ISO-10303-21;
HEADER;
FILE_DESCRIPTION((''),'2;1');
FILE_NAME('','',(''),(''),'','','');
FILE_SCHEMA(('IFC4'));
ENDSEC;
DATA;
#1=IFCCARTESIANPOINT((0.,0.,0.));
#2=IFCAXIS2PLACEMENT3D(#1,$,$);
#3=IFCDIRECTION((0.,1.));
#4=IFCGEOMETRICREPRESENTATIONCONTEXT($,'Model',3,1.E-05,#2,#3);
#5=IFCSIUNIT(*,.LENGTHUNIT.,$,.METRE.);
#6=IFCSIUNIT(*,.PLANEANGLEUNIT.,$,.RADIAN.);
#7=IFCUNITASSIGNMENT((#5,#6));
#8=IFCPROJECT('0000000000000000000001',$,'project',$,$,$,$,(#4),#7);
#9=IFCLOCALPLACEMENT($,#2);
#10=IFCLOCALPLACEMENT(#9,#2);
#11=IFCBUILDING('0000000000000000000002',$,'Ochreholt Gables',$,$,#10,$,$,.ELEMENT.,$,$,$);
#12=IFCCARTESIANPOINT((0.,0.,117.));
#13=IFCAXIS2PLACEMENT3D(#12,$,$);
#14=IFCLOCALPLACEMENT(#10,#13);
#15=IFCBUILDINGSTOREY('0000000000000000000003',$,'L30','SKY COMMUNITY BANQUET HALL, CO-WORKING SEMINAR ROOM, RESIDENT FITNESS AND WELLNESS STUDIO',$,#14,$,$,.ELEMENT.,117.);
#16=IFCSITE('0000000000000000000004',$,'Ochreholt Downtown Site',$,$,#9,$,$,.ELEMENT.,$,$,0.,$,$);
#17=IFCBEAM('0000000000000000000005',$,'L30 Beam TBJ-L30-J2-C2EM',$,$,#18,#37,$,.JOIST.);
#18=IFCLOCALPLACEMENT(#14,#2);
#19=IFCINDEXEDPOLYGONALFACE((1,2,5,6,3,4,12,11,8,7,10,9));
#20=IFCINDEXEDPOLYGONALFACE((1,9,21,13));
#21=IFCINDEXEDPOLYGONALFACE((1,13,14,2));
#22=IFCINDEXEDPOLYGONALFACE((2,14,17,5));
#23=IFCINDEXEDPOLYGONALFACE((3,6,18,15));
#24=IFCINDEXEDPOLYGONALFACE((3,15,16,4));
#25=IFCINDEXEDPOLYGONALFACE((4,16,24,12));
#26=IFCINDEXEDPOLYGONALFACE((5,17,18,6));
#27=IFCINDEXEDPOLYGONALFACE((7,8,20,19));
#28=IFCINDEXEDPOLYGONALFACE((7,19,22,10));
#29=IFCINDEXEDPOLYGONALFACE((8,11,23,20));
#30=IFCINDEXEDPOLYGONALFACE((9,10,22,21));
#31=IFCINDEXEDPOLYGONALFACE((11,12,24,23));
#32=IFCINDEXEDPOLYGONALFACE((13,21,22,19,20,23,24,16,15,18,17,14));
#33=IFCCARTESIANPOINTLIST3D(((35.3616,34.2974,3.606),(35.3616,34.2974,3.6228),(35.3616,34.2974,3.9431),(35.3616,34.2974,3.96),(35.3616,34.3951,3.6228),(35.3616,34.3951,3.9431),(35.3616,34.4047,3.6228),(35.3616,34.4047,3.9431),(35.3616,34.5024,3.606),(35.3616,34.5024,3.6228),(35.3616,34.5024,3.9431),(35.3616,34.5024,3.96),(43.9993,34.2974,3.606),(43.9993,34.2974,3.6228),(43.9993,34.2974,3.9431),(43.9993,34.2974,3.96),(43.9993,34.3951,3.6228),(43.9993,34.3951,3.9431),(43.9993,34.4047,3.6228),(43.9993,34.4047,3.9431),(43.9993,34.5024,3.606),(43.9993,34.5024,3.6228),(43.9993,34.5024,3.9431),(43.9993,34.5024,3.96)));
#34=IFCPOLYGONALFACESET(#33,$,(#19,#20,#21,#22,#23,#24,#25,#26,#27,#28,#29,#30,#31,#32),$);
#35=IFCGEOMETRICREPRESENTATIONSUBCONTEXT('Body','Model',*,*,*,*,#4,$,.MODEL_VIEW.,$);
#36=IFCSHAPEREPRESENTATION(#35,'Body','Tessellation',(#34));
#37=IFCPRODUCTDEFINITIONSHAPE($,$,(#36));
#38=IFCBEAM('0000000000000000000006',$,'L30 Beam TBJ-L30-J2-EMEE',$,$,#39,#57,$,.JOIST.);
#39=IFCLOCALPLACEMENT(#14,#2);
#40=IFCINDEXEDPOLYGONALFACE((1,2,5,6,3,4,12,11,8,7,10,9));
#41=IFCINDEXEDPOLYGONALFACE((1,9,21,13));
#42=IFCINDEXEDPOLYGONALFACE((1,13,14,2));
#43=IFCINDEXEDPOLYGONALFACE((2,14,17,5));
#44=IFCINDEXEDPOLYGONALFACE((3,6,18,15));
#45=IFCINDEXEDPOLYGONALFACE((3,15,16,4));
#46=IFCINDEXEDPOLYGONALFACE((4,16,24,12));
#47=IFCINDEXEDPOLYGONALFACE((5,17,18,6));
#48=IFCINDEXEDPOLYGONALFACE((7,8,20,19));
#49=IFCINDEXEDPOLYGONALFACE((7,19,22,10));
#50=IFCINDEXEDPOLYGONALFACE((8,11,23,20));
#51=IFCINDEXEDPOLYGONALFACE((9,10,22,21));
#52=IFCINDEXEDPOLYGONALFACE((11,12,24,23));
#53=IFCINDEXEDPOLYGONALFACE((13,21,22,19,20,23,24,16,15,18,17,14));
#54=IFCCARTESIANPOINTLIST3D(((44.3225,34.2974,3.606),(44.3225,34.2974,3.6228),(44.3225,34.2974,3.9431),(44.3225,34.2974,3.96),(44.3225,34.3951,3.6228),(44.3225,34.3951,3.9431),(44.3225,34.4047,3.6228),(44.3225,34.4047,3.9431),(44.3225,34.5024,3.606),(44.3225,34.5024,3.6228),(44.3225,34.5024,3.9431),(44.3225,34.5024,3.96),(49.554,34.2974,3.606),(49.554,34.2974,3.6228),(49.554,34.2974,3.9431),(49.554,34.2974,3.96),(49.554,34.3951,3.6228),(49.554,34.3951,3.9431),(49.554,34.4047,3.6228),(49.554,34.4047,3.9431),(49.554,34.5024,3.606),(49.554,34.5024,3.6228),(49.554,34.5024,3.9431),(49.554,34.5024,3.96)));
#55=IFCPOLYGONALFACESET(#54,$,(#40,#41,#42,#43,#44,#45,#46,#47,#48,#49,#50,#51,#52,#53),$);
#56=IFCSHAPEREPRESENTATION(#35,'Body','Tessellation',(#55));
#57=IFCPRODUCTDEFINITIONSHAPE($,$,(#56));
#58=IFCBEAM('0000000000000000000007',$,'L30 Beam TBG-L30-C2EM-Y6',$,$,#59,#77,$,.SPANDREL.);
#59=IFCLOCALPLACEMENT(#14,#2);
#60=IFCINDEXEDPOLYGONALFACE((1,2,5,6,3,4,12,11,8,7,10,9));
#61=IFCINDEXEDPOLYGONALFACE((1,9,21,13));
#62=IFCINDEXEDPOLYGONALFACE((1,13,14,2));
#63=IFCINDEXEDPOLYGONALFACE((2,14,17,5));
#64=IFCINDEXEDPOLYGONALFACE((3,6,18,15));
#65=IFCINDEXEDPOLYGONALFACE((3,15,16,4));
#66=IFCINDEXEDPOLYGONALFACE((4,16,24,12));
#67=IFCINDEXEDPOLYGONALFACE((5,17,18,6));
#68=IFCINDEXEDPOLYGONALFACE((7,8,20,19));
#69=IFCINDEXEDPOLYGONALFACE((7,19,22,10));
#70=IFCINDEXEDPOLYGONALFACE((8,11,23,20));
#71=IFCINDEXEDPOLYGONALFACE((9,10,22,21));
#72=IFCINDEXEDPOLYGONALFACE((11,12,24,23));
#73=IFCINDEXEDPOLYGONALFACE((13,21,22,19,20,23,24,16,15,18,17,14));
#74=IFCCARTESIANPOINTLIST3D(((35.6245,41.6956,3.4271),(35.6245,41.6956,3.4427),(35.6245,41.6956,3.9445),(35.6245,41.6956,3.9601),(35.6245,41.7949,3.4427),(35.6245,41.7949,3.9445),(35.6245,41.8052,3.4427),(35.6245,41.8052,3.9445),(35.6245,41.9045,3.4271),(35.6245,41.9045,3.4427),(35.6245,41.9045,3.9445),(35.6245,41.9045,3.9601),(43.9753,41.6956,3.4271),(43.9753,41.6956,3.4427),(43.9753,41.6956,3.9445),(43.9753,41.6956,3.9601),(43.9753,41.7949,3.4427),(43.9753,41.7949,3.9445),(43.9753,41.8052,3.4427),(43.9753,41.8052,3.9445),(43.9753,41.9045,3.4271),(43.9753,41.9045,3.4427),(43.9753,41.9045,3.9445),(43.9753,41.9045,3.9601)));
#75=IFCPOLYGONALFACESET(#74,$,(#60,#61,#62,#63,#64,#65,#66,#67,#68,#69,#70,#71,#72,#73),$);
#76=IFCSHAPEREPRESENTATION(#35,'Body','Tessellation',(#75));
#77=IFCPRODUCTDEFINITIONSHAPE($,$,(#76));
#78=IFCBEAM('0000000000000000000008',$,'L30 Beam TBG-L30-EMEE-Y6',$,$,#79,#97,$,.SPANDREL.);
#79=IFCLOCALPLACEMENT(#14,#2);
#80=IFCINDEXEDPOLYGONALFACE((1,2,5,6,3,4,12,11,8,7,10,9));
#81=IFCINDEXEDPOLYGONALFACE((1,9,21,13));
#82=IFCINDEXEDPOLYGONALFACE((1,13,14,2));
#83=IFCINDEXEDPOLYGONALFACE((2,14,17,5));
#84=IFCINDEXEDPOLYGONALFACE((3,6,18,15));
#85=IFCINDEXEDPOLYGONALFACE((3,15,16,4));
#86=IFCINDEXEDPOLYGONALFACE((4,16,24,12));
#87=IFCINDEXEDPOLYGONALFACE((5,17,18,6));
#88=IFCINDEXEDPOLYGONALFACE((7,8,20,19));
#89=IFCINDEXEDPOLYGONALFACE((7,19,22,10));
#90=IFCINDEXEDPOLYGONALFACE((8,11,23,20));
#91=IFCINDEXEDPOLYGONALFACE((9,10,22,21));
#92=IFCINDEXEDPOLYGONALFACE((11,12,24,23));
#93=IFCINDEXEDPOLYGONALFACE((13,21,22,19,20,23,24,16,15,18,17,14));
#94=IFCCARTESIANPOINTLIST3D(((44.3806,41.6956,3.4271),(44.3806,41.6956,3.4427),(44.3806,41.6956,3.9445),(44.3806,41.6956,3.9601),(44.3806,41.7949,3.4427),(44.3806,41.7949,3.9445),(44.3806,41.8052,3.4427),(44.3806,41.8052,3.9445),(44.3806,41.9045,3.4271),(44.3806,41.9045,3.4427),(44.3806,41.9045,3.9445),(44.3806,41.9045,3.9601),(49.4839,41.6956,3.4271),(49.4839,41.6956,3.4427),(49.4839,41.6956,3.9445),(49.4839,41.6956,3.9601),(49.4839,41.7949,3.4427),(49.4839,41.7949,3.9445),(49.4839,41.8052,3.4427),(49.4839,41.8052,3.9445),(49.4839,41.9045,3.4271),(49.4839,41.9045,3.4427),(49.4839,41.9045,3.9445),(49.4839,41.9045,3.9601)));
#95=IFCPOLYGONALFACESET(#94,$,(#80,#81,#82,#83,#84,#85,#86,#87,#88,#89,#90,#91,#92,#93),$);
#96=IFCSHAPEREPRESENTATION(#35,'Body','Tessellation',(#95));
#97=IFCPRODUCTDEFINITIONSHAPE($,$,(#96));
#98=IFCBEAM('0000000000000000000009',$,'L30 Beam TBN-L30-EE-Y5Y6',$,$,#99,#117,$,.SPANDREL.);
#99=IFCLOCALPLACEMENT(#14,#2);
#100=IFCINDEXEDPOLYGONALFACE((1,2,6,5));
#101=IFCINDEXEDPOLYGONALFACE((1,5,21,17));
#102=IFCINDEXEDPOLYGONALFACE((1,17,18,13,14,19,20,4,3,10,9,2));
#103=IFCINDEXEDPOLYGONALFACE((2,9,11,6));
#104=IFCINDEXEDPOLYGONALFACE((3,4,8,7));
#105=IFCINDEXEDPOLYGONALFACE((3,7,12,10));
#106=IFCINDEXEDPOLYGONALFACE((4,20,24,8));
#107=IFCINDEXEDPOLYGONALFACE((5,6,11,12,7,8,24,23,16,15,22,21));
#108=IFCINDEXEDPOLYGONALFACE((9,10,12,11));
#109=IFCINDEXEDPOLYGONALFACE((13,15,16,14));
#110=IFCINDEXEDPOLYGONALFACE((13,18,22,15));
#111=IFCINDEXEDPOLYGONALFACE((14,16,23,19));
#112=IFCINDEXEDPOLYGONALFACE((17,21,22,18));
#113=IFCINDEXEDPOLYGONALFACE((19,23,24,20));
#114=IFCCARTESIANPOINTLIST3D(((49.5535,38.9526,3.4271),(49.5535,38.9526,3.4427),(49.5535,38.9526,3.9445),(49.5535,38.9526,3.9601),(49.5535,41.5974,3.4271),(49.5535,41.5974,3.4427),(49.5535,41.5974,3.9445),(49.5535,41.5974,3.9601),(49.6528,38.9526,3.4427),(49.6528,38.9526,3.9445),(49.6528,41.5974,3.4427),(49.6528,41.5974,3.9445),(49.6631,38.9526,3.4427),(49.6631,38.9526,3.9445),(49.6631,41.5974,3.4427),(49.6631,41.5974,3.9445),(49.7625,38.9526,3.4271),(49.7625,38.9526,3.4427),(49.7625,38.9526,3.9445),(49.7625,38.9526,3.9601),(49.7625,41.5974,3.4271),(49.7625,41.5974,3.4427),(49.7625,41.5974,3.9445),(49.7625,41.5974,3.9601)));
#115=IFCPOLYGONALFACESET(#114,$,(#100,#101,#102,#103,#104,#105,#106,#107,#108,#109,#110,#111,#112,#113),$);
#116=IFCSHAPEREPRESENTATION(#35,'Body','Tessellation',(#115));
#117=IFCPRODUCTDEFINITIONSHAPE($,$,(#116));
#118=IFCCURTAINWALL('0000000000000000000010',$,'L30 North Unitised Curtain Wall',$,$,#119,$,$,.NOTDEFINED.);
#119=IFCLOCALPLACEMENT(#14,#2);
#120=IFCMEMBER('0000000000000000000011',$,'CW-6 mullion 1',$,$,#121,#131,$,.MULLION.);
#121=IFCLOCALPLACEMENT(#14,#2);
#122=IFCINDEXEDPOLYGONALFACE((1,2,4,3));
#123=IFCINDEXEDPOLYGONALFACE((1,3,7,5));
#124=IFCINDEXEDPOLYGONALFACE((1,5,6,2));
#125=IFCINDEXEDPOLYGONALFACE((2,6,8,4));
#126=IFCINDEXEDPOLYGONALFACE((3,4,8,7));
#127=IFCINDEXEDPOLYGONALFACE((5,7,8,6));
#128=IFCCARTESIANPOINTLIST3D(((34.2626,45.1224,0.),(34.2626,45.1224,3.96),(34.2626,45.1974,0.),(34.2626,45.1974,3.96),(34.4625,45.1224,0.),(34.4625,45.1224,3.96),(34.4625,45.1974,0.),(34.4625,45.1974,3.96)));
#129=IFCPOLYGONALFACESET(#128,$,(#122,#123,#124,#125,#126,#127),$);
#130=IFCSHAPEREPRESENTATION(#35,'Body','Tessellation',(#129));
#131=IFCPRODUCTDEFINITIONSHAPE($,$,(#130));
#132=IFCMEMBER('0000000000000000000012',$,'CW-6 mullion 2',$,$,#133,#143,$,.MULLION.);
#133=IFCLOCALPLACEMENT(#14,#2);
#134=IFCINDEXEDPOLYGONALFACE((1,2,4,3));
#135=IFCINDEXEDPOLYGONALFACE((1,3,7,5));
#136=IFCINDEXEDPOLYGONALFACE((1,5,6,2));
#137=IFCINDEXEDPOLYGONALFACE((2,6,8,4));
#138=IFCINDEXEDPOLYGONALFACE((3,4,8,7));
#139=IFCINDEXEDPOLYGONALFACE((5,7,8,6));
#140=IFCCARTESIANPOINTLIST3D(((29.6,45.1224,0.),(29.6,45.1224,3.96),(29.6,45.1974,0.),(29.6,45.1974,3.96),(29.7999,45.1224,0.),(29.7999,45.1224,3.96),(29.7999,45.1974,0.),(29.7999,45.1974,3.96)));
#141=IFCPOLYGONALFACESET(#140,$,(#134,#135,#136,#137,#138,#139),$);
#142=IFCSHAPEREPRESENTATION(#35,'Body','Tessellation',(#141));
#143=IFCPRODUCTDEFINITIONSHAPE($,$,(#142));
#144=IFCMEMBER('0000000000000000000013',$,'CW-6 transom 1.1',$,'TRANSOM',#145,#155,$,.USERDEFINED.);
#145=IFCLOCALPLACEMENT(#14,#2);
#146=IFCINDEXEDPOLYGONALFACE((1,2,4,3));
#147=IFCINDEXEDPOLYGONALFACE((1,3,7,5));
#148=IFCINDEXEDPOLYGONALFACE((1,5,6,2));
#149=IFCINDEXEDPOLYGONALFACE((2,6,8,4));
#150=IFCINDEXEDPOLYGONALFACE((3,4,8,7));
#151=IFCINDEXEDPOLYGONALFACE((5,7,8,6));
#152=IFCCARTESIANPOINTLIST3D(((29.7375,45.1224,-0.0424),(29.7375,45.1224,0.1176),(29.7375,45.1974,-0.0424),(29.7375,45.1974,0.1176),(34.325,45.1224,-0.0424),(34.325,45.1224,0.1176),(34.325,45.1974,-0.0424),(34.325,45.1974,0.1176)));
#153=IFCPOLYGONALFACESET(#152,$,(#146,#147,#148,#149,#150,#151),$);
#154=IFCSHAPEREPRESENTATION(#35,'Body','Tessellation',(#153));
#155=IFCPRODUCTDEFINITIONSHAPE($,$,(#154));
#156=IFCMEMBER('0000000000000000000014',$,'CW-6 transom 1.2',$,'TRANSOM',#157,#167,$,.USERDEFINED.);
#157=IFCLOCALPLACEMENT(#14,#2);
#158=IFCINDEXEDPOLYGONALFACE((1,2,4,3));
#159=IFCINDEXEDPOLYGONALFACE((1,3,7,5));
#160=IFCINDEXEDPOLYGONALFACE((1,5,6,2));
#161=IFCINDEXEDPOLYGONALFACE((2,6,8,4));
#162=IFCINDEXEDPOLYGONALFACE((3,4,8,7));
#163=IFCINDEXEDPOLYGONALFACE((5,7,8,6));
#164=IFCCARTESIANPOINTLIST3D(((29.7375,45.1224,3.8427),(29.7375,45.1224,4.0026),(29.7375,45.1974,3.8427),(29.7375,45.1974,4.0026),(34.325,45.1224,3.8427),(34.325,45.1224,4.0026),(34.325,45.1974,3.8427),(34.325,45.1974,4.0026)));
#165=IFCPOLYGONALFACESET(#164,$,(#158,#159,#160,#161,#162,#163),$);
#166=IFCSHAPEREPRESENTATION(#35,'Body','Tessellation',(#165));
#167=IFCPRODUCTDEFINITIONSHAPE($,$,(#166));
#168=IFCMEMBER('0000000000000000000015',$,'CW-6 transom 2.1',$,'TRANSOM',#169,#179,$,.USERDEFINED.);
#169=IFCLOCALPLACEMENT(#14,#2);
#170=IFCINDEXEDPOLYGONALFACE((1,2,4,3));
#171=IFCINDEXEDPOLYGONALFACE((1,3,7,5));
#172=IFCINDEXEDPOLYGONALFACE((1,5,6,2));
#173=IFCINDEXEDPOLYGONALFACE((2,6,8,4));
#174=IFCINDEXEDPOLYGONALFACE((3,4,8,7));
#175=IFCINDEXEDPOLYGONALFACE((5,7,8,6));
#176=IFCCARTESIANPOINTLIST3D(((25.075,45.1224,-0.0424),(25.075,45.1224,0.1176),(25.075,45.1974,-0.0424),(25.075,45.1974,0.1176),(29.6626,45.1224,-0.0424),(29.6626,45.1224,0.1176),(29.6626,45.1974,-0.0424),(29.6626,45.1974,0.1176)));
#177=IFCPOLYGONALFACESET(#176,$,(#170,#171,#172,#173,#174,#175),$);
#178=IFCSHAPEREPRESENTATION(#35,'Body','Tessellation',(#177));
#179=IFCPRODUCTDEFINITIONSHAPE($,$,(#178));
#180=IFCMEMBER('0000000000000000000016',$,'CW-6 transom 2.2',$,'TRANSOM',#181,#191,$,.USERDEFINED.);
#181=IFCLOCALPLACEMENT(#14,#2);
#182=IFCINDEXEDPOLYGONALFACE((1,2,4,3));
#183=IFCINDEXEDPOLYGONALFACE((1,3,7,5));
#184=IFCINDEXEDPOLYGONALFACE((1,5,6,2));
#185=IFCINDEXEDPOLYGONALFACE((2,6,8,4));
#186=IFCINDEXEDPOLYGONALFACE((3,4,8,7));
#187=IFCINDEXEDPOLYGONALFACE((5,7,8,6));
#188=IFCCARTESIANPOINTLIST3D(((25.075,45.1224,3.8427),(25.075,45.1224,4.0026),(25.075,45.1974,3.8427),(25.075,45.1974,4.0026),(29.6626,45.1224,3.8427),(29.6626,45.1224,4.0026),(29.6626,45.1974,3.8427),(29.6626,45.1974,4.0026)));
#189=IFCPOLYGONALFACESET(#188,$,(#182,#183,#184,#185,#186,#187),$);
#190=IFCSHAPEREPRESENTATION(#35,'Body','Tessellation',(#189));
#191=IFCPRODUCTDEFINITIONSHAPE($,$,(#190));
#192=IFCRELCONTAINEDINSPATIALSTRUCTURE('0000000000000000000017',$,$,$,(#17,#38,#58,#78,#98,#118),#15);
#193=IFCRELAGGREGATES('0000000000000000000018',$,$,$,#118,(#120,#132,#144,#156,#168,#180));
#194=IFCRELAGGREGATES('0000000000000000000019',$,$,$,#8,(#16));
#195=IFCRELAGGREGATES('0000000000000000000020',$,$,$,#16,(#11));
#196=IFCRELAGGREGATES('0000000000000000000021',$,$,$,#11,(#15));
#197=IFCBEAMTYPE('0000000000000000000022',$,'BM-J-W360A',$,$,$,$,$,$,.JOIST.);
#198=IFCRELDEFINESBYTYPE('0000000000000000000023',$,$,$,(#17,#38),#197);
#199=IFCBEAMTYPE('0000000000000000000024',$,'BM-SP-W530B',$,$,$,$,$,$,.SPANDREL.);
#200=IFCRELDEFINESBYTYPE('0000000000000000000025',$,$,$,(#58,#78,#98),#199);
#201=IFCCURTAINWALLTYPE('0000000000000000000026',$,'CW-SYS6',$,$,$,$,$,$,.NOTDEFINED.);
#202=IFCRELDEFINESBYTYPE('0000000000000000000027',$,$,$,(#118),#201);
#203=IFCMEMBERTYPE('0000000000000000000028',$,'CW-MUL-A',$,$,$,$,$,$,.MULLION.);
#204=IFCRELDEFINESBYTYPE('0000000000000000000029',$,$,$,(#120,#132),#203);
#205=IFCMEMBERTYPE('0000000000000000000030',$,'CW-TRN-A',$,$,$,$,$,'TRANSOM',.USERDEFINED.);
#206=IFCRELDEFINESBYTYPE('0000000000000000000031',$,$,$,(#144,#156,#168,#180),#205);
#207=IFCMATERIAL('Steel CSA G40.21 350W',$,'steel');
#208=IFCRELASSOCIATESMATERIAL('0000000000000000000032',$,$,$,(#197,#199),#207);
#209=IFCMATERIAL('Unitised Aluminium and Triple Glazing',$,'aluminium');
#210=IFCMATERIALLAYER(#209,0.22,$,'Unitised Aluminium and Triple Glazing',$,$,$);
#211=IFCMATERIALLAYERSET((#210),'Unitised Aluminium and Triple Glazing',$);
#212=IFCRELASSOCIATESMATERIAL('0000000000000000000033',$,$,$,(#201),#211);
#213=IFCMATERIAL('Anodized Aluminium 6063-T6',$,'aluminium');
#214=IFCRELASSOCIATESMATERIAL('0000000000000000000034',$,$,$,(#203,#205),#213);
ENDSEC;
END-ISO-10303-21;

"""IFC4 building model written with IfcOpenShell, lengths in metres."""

from ifc_helpers import new_model, si_unit, direction, frame, origin, origin_2d, place, context, subcontext, project, spatial, rectangle, i_section, extrude, material, layer, layer_set, material_profile, profile_set, type_object, element, aggregate, save


model = new_model("IFC4")

# Units and contexts
model_context = context("Model", 3, precision=1e-05, world=origin(), true_north=direction((0.0, 1.0)))
body_context = subcontext(model_context, "Body", "Model", "MODEL_VIEW")
ifc_project = project(units=[si_unit("LENGTHUNIT", "METRE"), si_unit("PLANEANGLEUNIT", "RADIAN")], contexts=[model_context])

# Site, building, storey
site_placement = place(None, origin())
site = spatial("IfcSite", under=ifc_project, at=site_placement, Name="Ochreholt Downtown Site", CompositionType="ELEMENT", RefElevation=0.0)
building_placement = place(site_placement, origin())
building = spatial("IfcBuilding", under=site, at=building_placement, Name="Ochreholt Gables", CompositionType="ELEMENT")
storey_placement = place(building_placement, frame((0.0, 0.0, 117.0)))
storey = spatial("IfcBuildingStorey", under=building, at=storey_placement, Name="L30", Description="SKY COMMUNITY BANQUET HALL, CO-WORKING SEMINAR ROOM, RESIDENT FITNESS AND WELLNESS STUDIO", CompositionType="ELEMENT", Elevation=117.0)

# Shared definitions
ifc_material_1 = material(Name="Steel CSA G40.21 350W", Category="steel")

# Beams
ifc_material_profile_1 = material_profile(ifc_material_1, i_section(OverallWidth=0.2051, OverallDepth=0.354, WebThickness=0.0095, FlangeThickness=0.0168, at=origin_2d()), Name="W360X79")
ifc_profile_set_1 = profile_set([ifc_material_profile_1], Name="Steel CSA G40.21 350W")
beam_type_1 = type_object("IfcBeamType", Name="BM-J-W360A", PredefinedType="JOIST", material=ifc_profile_set_1)
beam_1_placement = place(storey_placement, frame((35.3616, 34.3999, 3.783), z_axis=(1.0, 0.0, 0.0), x_axis=(0.0, 1.0, 0.0)))
element("IfcBeam", 1, at=beam_1_placement, inside=storey, type_object=beam_type_1, Name="L30 Beam TBJ-L30-J2-C2EM", PredefinedType="JOIST", context=body_context, shape_type="SweptSolid", body=[
    extrude(i_section(OverallWidth=0.2051, OverallDepth=0.354, WebThickness=0.0095, FlangeThickness=0.0168, at=origin_2d()), origin(), (0.0, 0.0, 1.0), 8.6377),
])
beam_2_placement = place(storey_placement, frame((44.3225, 34.3999, 3.783), z_axis=(1.0, 0.0, 0.0), x_axis=(0.0, 1.0, 0.0)))
element("IfcBeam", 2, at=beam_2_placement, inside=storey, type_object=beam_type_1, Name="L30 Beam TBJ-L30-J2-EMEE", PredefinedType="JOIST", context=body_context, shape_type="SweptSolid", body=[
    extrude(i_section(OverallWidth=0.2051, OverallDepth=0.354, WebThickness=0.0095, FlangeThickness=0.0168, at=origin_2d()), origin(), (0.0, 0.0, 1.0), 5.2314),
])
ifc_material_profile_2 = material_profile(ifc_material_1, i_section(OverallWidth=0.209, OverallDepth=0.533, WebThickness=0.0103, FlangeThickness=0.0156, at=origin_2d()), Name="W530X92")
ifc_profile_set_2 = profile_set([ifc_material_profile_2], Name="Steel CSA G40.21 350W")
beam_type_2 = type_object("IfcBeamType", Name="BM-SP-W530B", PredefinedType="SPANDREL", material=ifc_profile_set_2)
beam_3_placement = place(storey_placement, frame((35.6245, 41.8, 3.6936), z_axis=(1.0, 0.0, 0.0), x_axis=(0.0, 1.0, 0.0)))
element("IfcBeam", 3, at=beam_3_placement, inside=storey, type_object=beam_type_2, Name="L30 Beam TBG-L30-C2EM-Y6", PredefinedType="SPANDREL", context=body_context, shape_type="SweptSolid", body=[
    extrude(i_section(OverallWidth=0.209, OverallDepth=0.533, WebThickness=0.0103, FlangeThickness=0.0156, at=origin_2d()), origin(), (0.0, 0.0, 1.0), 8.3508),
])
beam_4_placement = place(storey_placement, frame((44.3806, 41.8, 3.6936), z_axis=(1.0, 0.0, 0.0), x_axis=(0.0, 1.0, 0.0)))
element("IfcBeam", 4, at=beam_4_placement, inside=storey, type_object=beam_type_2, Name="L30 Beam TBG-L30-EMEE-Y6", PredefinedType="SPANDREL", context=body_context, shape_type="SweptSolid", body=[
    extrude(i_section(OverallWidth=0.209, OverallDepth=0.533, WebThickness=0.0103, FlangeThickness=0.0156, at=origin_2d()), origin(), (0.0, 0.0, 1.0), 5.1033),
])
beam_5_placement = place(storey_placement, frame((49.658, 38.9526, 3.6936), z_axis=(0.0, 1.0, 0.0), x_axis=(-1.0, 0.0, 0.0)))
element("IfcBeam", 5, at=beam_5_placement, inside=storey, type_object=beam_type_2, Name="L30 Beam TBN-L30-EE-Y5Y6", PredefinedType="SPANDREL", context=body_context, shape_type="SweptSolid", body=[
    extrude(i_section(OverallWidth=0.209, OverallDepth=0.533, WebThickness=0.0103, FlangeThickness=0.0156, at=origin_2d()), origin(), (0.0, 0.0, 1.0), 2.6448),
])

# Curtain wall, members
ifc_material_2 = material(Name="Unitised Aluminium and Triple Glazing", Category="aluminium")
ifc_layer_1 = layer(ifc_material_2, 0.22, Name="Unitised Aluminium and Triple Glazing")
ifc_layer_set_1 = layer_set([ifc_layer_1], Name="Unitised Aluminium and Triple Glazing")
curtain_wall_type = type_object("IfcCurtainWallType", Name="CW-SYS6", PredefinedType="NOTDEFINED", material=ifc_layer_set_1)
curtain_wall_placement = place(storey_placement, origin())
curtain_wall = element("IfcCurtainWall", 6, at=curtain_wall_placement, inside=storey, type_object=curtain_wall_type, Name="L30 North Unitised Curtain Wall", PredefinedType="NOTDEFINED")
ifc_material_3 = material(Name="Anodized Aluminium 6063-T6", Category="aluminium")
ifc_material_profile_3 = material_profile(ifc_material_3, rectangle(XDim=0.075, YDim=0.2, at=origin_2d()), Name="CWM75X200")
ifc_profile_set_3 = profile_set([ifc_material_profile_3], Name="Anodized Aluminium 6063-T6")
member_type_1 = type_object("IfcMemberType", Name="CW-MUL-A", PredefinedType="MULLION", material=ifc_profile_set_3)
member_1_placement = place(storey_placement, frame((34.3625, 45.1599, 0.0), z_axis=(0.0, 0.0, 1.0), x_axis=(0.0, -1.0, 0.0)))
member_1 = element("IfcMember", 7, at=member_1_placement, type_object=member_type_1, Name="CW-6 mullion 1", PredefinedType="MULLION", context=body_context, shape_type="SweptSolid", body=[
    extrude(rectangle(XDim=0.075, YDim=0.2, at=origin_2d()), origin(), (0.0, 0.0, 1.0), 3.96),
])
member_2_placement = place(storey_placement, frame((29.7, 45.1599, 0.0), z_axis=(0.0, 0.0, 1.0), x_axis=(0.0, -1.0, 0.0)))
member_2 = element("IfcMember", 8, at=member_2_placement, type_object=member_type_1, Name="CW-6 mullion 2", PredefinedType="MULLION", context=body_context, shape_type="SweptSolid", body=[
    extrude(rectangle(XDim=0.075, YDim=0.2, at=origin_2d()), origin(), (0.0, 0.0, 1.0), 3.96),
])
ifc_material_profile_4 = material_profile(ifc_material_3, rectangle(XDim=0.075, YDim=0.1599, at=origin_2d()), Name="CWT75X160")
ifc_profile_set_4 = profile_set([ifc_material_profile_4], Name="Anodized Aluminium 6063-T6")
member_type_2 = type_object("IfcMemberType", Name="CW-TRN-A", ElementType="TRANSOM", PredefinedType="USERDEFINED", material=ifc_profile_set_4)
member_3_placement = place(storey_placement, frame((34.325, 45.1599, 0.0376), z_axis=(-1.0, 0.0, 0.0), x_axis=(0.0, -1.0, 0.0)))
member_3 = element("IfcMember", 9, at=member_3_placement, type_object=member_type_2, Name="CW-6 transom 1.1", ObjectType="TRANSOM", PredefinedType="USERDEFINED", context=body_context, shape_type="SweptSolid", body=[
    extrude(rectangle(XDim=0.075, YDim=0.1599, at=origin_2d()), origin(), (0.0, 0.0, 1.0), 4.5874),
])
member_4_placement = place(storey_placement, frame((34.325, 45.1599, 3.9226), z_axis=(-1.0, 0.0, 0.0), x_axis=(0.0, -1.0, 0.0)))
member_4 = element("IfcMember", 10, at=member_4_placement, type_object=member_type_2, Name="CW-6 transom 1.2", ObjectType="TRANSOM", PredefinedType="USERDEFINED", context=body_context, shape_type="SweptSolid", body=[
    extrude(rectangle(XDim=0.075, YDim=0.1599, at=origin_2d()), origin(), (0.0, 0.0, 1.0), 4.5874),
])
member_5_placement = place(storey_placement, frame((29.6626, 45.1599, 0.0376), z_axis=(-1.0, 0.0, 0.0), x_axis=(0.0, -1.0, 0.0)))
member_5 = element("IfcMember", 11, at=member_5_placement, type_object=member_type_2, Name="CW-6 transom 2.1", ObjectType="TRANSOM", PredefinedType="USERDEFINED", context=body_context, shape_type="SweptSolid", body=[
    extrude(rectangle(XDim=0.075, YDim=0.1599, at=origin_2d()), origin(), (0.0, 0.0, 1.0), 4.5876),
])
member_6_placement = place(storey_placement, frame((29.6626, 45.1599, 3.9226), z_axis=(-1.0, 0.0, 0.0), x_axis=(0.0, -1.0, 0.0)))
member_6 = element("IfcMember", 12, at=member_6_placement, type_object=member_type_2, Name="CW-6 transom 2.2", ObjectType="TRANSOM", PredefinedType="USERDEFINED", context=body_context, shape_type="SweptSolid", body=[
    extrude(rectangle(XDim=0.075, YDim=0.1599, at=origin_2d()), origin(), (0.0, 0.0, 1.0), 4.5876),
])
aggregate(curtain_wall, [member_1, member_2, member_3, member_4, member_5, member_6])

save(model, "model.ifc")
